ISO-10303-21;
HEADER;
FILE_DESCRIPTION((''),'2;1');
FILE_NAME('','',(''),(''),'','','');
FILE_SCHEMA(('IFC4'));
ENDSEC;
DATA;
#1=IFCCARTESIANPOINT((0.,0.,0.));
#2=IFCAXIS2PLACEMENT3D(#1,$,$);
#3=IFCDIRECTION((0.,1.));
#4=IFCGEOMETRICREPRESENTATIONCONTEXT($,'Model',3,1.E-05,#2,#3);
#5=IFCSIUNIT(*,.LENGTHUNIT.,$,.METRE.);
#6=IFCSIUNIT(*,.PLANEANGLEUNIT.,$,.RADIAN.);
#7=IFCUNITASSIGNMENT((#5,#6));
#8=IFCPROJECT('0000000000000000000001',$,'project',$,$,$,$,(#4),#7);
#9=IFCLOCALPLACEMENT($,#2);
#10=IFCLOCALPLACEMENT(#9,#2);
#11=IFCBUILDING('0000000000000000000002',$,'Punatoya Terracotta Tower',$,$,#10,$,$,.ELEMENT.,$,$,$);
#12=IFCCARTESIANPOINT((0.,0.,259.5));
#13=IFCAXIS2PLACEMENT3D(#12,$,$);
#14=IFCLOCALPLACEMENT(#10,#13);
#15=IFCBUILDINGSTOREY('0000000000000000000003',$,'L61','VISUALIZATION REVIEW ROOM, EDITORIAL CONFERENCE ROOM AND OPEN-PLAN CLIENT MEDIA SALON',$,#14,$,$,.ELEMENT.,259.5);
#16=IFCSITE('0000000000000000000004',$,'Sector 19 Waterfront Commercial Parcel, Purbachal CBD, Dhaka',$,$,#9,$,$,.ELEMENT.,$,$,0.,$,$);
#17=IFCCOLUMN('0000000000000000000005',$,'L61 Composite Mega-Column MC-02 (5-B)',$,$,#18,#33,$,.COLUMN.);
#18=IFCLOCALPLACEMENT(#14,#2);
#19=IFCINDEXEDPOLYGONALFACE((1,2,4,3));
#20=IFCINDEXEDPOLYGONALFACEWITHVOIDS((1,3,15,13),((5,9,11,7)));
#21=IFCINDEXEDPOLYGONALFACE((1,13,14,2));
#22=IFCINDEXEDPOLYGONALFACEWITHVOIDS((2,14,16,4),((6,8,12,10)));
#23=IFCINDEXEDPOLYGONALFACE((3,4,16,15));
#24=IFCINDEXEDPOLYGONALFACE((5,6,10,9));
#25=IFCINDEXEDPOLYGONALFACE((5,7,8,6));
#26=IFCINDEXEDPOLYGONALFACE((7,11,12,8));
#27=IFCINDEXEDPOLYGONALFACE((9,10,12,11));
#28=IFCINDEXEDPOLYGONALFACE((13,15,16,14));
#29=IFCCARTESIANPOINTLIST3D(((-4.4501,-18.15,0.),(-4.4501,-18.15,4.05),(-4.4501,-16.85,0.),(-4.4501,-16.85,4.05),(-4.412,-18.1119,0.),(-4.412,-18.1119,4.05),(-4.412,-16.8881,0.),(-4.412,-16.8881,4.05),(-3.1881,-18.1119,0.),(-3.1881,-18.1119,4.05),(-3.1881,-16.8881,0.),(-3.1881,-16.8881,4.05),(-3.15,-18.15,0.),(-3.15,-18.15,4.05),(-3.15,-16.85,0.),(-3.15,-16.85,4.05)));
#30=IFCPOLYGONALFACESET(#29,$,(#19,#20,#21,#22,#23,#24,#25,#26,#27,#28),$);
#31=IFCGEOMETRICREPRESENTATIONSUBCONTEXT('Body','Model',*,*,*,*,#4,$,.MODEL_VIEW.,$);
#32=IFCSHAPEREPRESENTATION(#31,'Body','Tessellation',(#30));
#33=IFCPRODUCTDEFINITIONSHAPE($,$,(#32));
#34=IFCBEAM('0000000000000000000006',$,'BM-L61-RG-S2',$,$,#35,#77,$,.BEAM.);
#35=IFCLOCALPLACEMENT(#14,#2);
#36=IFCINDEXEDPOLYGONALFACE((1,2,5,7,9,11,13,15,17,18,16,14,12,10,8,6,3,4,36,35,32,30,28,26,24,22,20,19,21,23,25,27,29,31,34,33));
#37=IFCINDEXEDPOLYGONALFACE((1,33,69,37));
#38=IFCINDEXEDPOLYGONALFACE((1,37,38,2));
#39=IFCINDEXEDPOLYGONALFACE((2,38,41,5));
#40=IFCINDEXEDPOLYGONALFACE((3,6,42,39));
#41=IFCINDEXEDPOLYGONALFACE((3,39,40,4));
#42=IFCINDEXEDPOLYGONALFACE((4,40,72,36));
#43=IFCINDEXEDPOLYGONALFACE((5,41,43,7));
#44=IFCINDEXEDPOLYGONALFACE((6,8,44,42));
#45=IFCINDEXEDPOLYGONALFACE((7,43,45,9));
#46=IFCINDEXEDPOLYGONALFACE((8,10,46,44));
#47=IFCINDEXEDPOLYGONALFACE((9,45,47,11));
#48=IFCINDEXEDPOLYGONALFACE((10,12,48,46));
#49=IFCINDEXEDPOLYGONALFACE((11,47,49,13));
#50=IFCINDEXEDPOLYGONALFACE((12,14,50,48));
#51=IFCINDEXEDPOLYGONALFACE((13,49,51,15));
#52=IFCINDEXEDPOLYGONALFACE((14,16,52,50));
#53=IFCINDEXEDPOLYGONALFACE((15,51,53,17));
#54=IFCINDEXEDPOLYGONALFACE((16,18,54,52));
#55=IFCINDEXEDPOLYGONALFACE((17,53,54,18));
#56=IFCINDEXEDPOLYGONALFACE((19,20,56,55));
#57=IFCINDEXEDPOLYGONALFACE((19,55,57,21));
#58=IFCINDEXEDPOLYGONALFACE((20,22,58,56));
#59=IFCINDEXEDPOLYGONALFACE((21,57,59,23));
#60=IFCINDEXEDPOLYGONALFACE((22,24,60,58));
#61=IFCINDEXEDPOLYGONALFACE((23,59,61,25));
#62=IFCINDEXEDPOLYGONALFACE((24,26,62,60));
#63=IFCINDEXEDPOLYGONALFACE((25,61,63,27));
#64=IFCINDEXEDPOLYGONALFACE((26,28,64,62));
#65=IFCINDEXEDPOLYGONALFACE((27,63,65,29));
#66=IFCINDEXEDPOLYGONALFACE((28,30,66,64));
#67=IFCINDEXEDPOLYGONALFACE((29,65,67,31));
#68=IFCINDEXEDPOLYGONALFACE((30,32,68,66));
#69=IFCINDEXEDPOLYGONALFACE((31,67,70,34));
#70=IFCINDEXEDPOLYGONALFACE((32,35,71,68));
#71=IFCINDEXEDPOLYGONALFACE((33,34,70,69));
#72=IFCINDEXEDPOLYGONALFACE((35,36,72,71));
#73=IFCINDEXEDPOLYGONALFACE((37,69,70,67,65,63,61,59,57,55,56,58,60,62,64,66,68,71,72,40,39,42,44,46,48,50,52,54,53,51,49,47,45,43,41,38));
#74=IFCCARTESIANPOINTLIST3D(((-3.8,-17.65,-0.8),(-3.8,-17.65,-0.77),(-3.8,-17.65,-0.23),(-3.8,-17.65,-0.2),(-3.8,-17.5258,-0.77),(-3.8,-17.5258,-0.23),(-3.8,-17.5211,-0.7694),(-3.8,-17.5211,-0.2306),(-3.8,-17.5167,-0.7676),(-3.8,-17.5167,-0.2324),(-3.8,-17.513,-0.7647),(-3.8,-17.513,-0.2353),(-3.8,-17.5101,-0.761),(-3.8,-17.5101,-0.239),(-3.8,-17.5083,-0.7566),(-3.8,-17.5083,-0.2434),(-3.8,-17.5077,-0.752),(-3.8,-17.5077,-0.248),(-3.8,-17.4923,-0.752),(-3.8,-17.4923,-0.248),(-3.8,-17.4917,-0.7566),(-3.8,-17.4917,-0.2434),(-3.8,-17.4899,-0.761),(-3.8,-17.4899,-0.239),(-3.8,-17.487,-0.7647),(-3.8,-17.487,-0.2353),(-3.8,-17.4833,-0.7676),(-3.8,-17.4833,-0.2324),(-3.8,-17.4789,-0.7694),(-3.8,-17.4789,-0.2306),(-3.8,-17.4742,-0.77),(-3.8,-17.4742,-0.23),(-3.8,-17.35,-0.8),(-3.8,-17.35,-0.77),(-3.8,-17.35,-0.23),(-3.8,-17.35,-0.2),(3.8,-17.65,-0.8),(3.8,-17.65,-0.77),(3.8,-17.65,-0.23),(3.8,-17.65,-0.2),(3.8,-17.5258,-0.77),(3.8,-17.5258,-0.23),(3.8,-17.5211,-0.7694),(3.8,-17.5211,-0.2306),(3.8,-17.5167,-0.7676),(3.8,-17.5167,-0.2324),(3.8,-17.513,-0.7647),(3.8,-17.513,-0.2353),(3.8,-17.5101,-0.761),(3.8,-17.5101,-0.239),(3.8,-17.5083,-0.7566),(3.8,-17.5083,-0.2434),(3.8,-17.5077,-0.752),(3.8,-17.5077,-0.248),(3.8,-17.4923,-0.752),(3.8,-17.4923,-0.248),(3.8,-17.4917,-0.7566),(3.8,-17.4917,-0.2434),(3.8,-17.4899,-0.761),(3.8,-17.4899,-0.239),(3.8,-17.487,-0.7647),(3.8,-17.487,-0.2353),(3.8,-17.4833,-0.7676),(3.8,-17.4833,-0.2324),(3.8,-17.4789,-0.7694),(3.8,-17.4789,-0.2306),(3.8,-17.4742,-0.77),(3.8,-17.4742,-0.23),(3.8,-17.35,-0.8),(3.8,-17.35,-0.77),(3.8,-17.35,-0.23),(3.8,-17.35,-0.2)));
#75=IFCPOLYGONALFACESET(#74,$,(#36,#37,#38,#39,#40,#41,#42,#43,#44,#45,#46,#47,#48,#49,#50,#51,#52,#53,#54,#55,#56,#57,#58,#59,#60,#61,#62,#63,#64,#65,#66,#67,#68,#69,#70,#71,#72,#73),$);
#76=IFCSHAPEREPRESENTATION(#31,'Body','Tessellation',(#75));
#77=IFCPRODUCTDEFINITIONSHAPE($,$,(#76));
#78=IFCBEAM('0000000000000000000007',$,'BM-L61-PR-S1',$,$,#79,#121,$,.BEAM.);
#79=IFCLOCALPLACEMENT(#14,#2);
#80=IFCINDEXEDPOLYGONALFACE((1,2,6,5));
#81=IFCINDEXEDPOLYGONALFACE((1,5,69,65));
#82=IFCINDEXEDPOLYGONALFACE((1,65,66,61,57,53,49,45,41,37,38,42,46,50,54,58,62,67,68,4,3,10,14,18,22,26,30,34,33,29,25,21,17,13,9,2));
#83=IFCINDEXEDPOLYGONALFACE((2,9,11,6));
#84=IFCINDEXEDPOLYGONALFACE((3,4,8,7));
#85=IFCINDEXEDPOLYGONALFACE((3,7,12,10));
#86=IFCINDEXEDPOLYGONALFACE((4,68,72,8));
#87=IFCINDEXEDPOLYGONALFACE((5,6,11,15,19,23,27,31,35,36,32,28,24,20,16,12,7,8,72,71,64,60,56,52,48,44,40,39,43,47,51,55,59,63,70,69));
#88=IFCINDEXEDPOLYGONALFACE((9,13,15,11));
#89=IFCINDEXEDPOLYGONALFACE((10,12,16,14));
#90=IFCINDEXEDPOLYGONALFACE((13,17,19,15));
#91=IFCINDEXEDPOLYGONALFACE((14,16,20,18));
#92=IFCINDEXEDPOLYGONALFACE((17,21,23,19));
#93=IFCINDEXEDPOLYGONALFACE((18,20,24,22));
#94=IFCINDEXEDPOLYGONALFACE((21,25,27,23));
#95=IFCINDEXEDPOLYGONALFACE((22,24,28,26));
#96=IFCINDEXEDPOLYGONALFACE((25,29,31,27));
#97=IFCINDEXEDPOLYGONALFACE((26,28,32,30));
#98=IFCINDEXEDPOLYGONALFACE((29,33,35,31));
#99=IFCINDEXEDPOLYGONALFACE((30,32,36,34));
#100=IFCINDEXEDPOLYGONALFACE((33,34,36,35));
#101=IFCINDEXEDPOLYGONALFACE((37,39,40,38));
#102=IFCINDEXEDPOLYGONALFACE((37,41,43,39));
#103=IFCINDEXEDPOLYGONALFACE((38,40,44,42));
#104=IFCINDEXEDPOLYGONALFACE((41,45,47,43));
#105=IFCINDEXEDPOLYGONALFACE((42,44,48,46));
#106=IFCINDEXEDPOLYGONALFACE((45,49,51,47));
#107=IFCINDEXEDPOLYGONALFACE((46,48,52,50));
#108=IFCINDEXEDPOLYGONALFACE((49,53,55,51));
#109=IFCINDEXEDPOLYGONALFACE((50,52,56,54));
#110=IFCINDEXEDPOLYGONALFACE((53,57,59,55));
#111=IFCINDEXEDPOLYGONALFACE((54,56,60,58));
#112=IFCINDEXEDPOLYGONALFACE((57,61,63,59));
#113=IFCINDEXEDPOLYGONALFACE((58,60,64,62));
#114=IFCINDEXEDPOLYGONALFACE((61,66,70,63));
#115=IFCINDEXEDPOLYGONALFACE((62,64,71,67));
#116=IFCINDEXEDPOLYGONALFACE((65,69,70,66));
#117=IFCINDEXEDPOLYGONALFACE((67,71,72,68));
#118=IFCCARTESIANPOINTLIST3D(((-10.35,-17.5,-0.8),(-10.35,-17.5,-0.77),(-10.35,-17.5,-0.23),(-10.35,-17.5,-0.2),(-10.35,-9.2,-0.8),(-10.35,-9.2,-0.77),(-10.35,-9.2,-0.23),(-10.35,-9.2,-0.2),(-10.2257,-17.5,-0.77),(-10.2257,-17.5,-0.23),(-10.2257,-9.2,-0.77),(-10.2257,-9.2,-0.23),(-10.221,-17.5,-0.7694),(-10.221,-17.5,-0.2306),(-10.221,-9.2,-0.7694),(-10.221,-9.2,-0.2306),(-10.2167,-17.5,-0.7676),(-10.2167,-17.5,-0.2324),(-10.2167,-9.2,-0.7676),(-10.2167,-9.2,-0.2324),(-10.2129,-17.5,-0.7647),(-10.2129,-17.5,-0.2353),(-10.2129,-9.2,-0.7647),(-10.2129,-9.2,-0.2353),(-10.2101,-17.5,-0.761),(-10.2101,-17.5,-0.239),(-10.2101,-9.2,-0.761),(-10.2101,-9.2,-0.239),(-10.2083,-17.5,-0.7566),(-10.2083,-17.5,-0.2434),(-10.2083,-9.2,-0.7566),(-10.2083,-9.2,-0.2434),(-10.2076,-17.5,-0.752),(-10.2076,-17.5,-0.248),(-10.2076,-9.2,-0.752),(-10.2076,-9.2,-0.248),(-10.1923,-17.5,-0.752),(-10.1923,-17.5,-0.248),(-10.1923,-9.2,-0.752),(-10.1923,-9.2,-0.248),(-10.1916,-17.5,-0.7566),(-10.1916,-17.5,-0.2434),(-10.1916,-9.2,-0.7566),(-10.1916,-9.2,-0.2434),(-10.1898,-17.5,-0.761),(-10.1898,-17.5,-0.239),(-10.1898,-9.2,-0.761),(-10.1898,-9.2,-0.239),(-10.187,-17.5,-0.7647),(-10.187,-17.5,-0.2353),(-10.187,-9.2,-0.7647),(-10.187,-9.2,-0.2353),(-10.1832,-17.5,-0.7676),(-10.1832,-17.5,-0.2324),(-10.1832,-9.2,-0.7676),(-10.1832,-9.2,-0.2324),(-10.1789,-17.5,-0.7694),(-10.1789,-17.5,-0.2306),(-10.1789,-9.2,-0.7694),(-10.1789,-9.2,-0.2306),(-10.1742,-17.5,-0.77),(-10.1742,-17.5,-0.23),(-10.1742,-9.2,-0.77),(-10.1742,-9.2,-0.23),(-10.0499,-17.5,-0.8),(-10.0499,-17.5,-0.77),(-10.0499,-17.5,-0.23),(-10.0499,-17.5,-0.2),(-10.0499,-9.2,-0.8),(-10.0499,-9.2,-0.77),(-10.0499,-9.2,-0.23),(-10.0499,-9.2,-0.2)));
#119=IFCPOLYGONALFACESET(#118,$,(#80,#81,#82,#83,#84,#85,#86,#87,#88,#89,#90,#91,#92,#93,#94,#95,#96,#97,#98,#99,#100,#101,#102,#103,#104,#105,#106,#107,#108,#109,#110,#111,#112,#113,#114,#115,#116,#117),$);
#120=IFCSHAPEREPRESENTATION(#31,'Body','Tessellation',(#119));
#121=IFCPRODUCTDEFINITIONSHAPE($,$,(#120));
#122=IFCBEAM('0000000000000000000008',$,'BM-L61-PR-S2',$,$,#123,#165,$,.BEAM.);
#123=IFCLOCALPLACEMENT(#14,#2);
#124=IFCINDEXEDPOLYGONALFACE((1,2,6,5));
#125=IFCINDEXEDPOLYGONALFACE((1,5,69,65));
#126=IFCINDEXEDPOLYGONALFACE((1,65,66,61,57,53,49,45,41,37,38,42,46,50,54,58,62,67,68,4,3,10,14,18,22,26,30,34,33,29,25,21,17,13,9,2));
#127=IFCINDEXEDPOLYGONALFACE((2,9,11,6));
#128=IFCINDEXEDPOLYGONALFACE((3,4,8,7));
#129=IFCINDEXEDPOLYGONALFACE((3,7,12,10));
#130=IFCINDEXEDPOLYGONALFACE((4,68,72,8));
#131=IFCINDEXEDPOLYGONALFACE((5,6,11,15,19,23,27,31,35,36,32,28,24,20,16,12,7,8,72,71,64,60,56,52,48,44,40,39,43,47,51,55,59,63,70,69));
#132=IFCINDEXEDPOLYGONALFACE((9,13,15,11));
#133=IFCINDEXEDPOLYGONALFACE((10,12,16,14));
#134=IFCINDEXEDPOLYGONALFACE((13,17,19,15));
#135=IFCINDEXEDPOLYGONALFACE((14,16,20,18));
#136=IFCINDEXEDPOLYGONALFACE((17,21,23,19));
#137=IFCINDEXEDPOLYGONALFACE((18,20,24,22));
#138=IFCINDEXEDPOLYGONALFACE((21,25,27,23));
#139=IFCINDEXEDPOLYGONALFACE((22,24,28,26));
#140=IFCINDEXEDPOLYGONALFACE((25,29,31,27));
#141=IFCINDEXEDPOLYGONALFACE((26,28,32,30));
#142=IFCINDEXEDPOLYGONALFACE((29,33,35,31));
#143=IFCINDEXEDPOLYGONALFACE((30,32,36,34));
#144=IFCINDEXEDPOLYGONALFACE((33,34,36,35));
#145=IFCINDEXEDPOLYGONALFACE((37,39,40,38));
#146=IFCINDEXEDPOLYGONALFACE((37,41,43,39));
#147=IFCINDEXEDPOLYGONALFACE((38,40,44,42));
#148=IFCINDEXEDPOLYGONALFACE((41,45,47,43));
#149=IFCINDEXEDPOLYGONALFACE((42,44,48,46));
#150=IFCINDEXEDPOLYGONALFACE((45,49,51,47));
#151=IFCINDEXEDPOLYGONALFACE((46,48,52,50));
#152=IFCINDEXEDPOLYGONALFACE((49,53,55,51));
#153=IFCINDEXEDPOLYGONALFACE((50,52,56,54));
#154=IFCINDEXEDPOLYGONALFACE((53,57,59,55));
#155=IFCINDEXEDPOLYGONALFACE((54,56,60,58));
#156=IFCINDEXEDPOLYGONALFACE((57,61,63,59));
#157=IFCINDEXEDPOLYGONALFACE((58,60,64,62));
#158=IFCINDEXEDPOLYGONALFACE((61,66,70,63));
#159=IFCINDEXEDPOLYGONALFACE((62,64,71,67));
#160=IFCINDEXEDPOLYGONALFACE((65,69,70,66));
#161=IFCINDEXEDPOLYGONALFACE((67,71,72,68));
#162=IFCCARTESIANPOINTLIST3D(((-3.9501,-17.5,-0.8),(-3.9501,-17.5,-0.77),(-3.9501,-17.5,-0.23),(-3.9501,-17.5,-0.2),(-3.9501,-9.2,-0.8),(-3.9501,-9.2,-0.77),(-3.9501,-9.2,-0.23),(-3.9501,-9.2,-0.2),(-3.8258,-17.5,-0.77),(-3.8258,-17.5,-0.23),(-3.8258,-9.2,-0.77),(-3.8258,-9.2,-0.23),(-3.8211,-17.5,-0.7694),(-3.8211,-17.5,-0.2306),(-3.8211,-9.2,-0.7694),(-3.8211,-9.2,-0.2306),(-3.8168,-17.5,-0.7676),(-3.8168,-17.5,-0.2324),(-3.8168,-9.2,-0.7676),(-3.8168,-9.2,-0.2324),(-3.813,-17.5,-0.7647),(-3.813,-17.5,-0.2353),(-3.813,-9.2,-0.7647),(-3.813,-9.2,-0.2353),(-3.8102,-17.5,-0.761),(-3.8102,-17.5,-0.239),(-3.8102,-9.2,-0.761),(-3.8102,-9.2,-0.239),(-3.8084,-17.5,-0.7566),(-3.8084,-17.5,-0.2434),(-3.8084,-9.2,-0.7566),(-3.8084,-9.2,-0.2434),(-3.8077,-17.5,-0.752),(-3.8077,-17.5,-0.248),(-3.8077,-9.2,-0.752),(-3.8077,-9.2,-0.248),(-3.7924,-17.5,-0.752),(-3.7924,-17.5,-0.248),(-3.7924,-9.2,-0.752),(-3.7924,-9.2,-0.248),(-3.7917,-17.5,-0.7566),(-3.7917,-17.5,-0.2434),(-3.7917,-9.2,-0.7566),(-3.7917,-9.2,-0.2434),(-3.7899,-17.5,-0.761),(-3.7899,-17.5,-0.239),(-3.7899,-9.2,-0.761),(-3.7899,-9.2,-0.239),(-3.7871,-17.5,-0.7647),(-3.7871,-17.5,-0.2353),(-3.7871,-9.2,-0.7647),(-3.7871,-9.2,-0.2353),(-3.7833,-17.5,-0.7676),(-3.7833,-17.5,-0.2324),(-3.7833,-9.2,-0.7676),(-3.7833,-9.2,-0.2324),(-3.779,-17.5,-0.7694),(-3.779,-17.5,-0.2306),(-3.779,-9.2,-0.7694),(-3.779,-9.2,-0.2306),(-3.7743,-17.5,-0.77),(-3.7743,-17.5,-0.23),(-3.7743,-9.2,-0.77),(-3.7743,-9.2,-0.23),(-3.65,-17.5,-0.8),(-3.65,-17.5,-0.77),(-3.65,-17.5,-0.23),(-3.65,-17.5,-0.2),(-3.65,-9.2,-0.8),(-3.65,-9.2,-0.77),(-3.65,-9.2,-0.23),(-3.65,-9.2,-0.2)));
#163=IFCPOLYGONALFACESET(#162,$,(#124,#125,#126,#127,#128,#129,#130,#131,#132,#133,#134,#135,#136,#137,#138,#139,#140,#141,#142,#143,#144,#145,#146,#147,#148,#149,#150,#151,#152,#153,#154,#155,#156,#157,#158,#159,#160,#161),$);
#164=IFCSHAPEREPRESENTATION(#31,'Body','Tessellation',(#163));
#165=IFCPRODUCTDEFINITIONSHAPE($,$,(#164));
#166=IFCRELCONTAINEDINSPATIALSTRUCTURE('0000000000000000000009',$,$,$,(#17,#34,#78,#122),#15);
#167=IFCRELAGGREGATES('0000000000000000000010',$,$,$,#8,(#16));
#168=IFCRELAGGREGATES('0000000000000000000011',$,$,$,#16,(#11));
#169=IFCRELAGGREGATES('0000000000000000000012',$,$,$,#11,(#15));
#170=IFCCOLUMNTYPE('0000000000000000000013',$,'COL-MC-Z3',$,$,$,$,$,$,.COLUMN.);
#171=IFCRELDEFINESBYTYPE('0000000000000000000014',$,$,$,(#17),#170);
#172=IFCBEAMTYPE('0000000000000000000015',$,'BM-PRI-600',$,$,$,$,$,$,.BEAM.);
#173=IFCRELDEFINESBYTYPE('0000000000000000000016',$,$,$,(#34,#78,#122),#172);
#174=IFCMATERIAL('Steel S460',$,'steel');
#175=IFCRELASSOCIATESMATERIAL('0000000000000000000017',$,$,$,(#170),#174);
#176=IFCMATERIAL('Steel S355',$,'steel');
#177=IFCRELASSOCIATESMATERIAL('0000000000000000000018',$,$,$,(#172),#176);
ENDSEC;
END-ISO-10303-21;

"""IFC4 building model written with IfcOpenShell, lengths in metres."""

from ifc_helpers import new_model, si_unit, direction, frame, origin, origin_2d, place, context, subcontext, project, spatial, hollow_rectangle, i_section, extrude, material, material_profile, profile_set, type_object, element, save


model = new_model("IFC4")

# Units and contexts
model_context = context("Model", 3, precision=1e-05, world=origin(), true_north=direction((0.0, 1.0)))
body_context = subcontext(model_context, "Body", "Model", "MODEL_VIEW")
ifc_project = project(units=[si_unit("LENGTHUNIT", "METRE"), si_unit("PLANEANGLEUNIT", "RADIAN")], contexts=[model_context])

# Site, building, storey
site_placement = place(None, origin())
site = spatial("IfcSite", under=ifc_project, at=site_placement, Name="Sector 19 Waterfront Commercial Parcel, Purbachal CBD, Dhaka", CompositionType="ELEMENT", RefElevation=0.0)
building_placement = place(site_placement, origin())
building = spatial("IfcBuilding", under=site, at=building_placement, Name="Punatoya Terracotta Tower", CompositionType="ELEMENT")
storey_placement = place(building_placement, frame((0.0, 0.0, 259.5)))
storey = spatial("IfcBuildingStorey", under=building, at=storey_placement, Name="L61", Description="VISUALIZATION REVIEW ROOM, EDITORIAL CONFERENCE ROOM AND OPEN-PLAN CLIENT MEDIA SALON", CompositionType="ELEMENT", Elevation=259.5)

# Column
ifc_material_1 = material(Name="Steel S460", Category="steel")
ifc_material_profile_1 = material_profile(ifc_material_1, hollow_rectangle(XDim=1.3, YDim=1.3, WallThickness=0.0381, at=origin_2d()))
ifc_profile_set_1 = profile_set([ifc_material_profile_1], Name="Steel S460")
column_type = type_object("IfcColumnType", Name="COL-MC-Z3", PredefinedType="COLUMN", material=ifc_profile_set_1)
column_placement = place(storey_placement, frame((-3.8, -17.5, 0.0), z_axis=(0.0, 0.0, 1.0), x_axis=(1.0, 0.0, 0.0)))
element("IfcColumn", 1, at=column_placement, inside=storey, type_object=column_type, Name="L61 Composite Mega-Column MC-02 (5-B)", PredefinedType="COLUMN", context=body_context, shape_type="SweptSolid", body=[
    extrude(hollow_rectangle(XDim=1.3, YDim=1.3, WallThickness=0.0381, at=origin_2d()), origin(), (0.0, 0.0, 1.0), 4.05),
])

# Beams
ifc_material_2 = material(Name="Steel S355", Category="steel")
ifc_material_profile_2 = material_profile(ifc_material_2, i_section(OverallWidth=0.3, OverallDepth=0.6001, WebThickness=0.0154, FlangeThickness=0.03, FilletRadius=0.0181, at=origin_2d()))
ifc_profile_set_2 = profile_set([ifc_material_profile_2], Name="Steel S355")
beam_type_1 = type_object("IfcBeamType", Name="BM-PRI-600", PredefinedType="BEAM", material=ifc_profile_set_2)
beam_1_placement = place(storey_placement, frame((-3.8, -17.5, -0.5), z_axis=(1.0, 0.0, 0.0), x_axis=(0.0, 1.0, 0.0)))
element("IfcBeam", 2, at=beam_1_placement, inside=storey, type_object=beam_type_1, Name="BM-L61-RG-S2", PredefinedType="BEAM", context=body_context, shape_type="SweptSolid", body=[
    extrude(i_section(OverallWidth=0.3, OverallDepth=0.6001, WebThickness=0.0154, FlangeThickness=0.03, FilletRadius=0.0181, at=origin_2d()), origin(), (0.0, 0.0, 1.0), 7.6001),
])
for number, where, z_axis, x_axis, name in (
    (3, (-10.2, -17.5, -0.5), (0.0, 1.0, 0.0), (-1.0, 0.0, 0.0), "BM-L61-PR-S1"),
    (4, (-3.8, -17.5, -0.5), (0.0, 1.0, 0.0), (-1.0, 0.0, 0.0), "BM-L61-PR-S2"),
):
    element("IfcBeam", number, at=place(storey_placement, frame(where, z_axis=z_axis, x_axis=x_axis)), inside=storey, type_object=beam_type_1, Name=name, PredefinedType="BEAM", context=body_context, shape_type="SweptSolid", body=[
        extrude(i_section(OverallWidth=0.3, OverallDepth=0.6001, WebThickness=0.0154, FlangeThickness=0.03, FilletRadius=0.0181, at=origin_2d()), origin(), (0.0, 0.0, 1.0), 8.3),
    ])

save(model, "model.ifc")
